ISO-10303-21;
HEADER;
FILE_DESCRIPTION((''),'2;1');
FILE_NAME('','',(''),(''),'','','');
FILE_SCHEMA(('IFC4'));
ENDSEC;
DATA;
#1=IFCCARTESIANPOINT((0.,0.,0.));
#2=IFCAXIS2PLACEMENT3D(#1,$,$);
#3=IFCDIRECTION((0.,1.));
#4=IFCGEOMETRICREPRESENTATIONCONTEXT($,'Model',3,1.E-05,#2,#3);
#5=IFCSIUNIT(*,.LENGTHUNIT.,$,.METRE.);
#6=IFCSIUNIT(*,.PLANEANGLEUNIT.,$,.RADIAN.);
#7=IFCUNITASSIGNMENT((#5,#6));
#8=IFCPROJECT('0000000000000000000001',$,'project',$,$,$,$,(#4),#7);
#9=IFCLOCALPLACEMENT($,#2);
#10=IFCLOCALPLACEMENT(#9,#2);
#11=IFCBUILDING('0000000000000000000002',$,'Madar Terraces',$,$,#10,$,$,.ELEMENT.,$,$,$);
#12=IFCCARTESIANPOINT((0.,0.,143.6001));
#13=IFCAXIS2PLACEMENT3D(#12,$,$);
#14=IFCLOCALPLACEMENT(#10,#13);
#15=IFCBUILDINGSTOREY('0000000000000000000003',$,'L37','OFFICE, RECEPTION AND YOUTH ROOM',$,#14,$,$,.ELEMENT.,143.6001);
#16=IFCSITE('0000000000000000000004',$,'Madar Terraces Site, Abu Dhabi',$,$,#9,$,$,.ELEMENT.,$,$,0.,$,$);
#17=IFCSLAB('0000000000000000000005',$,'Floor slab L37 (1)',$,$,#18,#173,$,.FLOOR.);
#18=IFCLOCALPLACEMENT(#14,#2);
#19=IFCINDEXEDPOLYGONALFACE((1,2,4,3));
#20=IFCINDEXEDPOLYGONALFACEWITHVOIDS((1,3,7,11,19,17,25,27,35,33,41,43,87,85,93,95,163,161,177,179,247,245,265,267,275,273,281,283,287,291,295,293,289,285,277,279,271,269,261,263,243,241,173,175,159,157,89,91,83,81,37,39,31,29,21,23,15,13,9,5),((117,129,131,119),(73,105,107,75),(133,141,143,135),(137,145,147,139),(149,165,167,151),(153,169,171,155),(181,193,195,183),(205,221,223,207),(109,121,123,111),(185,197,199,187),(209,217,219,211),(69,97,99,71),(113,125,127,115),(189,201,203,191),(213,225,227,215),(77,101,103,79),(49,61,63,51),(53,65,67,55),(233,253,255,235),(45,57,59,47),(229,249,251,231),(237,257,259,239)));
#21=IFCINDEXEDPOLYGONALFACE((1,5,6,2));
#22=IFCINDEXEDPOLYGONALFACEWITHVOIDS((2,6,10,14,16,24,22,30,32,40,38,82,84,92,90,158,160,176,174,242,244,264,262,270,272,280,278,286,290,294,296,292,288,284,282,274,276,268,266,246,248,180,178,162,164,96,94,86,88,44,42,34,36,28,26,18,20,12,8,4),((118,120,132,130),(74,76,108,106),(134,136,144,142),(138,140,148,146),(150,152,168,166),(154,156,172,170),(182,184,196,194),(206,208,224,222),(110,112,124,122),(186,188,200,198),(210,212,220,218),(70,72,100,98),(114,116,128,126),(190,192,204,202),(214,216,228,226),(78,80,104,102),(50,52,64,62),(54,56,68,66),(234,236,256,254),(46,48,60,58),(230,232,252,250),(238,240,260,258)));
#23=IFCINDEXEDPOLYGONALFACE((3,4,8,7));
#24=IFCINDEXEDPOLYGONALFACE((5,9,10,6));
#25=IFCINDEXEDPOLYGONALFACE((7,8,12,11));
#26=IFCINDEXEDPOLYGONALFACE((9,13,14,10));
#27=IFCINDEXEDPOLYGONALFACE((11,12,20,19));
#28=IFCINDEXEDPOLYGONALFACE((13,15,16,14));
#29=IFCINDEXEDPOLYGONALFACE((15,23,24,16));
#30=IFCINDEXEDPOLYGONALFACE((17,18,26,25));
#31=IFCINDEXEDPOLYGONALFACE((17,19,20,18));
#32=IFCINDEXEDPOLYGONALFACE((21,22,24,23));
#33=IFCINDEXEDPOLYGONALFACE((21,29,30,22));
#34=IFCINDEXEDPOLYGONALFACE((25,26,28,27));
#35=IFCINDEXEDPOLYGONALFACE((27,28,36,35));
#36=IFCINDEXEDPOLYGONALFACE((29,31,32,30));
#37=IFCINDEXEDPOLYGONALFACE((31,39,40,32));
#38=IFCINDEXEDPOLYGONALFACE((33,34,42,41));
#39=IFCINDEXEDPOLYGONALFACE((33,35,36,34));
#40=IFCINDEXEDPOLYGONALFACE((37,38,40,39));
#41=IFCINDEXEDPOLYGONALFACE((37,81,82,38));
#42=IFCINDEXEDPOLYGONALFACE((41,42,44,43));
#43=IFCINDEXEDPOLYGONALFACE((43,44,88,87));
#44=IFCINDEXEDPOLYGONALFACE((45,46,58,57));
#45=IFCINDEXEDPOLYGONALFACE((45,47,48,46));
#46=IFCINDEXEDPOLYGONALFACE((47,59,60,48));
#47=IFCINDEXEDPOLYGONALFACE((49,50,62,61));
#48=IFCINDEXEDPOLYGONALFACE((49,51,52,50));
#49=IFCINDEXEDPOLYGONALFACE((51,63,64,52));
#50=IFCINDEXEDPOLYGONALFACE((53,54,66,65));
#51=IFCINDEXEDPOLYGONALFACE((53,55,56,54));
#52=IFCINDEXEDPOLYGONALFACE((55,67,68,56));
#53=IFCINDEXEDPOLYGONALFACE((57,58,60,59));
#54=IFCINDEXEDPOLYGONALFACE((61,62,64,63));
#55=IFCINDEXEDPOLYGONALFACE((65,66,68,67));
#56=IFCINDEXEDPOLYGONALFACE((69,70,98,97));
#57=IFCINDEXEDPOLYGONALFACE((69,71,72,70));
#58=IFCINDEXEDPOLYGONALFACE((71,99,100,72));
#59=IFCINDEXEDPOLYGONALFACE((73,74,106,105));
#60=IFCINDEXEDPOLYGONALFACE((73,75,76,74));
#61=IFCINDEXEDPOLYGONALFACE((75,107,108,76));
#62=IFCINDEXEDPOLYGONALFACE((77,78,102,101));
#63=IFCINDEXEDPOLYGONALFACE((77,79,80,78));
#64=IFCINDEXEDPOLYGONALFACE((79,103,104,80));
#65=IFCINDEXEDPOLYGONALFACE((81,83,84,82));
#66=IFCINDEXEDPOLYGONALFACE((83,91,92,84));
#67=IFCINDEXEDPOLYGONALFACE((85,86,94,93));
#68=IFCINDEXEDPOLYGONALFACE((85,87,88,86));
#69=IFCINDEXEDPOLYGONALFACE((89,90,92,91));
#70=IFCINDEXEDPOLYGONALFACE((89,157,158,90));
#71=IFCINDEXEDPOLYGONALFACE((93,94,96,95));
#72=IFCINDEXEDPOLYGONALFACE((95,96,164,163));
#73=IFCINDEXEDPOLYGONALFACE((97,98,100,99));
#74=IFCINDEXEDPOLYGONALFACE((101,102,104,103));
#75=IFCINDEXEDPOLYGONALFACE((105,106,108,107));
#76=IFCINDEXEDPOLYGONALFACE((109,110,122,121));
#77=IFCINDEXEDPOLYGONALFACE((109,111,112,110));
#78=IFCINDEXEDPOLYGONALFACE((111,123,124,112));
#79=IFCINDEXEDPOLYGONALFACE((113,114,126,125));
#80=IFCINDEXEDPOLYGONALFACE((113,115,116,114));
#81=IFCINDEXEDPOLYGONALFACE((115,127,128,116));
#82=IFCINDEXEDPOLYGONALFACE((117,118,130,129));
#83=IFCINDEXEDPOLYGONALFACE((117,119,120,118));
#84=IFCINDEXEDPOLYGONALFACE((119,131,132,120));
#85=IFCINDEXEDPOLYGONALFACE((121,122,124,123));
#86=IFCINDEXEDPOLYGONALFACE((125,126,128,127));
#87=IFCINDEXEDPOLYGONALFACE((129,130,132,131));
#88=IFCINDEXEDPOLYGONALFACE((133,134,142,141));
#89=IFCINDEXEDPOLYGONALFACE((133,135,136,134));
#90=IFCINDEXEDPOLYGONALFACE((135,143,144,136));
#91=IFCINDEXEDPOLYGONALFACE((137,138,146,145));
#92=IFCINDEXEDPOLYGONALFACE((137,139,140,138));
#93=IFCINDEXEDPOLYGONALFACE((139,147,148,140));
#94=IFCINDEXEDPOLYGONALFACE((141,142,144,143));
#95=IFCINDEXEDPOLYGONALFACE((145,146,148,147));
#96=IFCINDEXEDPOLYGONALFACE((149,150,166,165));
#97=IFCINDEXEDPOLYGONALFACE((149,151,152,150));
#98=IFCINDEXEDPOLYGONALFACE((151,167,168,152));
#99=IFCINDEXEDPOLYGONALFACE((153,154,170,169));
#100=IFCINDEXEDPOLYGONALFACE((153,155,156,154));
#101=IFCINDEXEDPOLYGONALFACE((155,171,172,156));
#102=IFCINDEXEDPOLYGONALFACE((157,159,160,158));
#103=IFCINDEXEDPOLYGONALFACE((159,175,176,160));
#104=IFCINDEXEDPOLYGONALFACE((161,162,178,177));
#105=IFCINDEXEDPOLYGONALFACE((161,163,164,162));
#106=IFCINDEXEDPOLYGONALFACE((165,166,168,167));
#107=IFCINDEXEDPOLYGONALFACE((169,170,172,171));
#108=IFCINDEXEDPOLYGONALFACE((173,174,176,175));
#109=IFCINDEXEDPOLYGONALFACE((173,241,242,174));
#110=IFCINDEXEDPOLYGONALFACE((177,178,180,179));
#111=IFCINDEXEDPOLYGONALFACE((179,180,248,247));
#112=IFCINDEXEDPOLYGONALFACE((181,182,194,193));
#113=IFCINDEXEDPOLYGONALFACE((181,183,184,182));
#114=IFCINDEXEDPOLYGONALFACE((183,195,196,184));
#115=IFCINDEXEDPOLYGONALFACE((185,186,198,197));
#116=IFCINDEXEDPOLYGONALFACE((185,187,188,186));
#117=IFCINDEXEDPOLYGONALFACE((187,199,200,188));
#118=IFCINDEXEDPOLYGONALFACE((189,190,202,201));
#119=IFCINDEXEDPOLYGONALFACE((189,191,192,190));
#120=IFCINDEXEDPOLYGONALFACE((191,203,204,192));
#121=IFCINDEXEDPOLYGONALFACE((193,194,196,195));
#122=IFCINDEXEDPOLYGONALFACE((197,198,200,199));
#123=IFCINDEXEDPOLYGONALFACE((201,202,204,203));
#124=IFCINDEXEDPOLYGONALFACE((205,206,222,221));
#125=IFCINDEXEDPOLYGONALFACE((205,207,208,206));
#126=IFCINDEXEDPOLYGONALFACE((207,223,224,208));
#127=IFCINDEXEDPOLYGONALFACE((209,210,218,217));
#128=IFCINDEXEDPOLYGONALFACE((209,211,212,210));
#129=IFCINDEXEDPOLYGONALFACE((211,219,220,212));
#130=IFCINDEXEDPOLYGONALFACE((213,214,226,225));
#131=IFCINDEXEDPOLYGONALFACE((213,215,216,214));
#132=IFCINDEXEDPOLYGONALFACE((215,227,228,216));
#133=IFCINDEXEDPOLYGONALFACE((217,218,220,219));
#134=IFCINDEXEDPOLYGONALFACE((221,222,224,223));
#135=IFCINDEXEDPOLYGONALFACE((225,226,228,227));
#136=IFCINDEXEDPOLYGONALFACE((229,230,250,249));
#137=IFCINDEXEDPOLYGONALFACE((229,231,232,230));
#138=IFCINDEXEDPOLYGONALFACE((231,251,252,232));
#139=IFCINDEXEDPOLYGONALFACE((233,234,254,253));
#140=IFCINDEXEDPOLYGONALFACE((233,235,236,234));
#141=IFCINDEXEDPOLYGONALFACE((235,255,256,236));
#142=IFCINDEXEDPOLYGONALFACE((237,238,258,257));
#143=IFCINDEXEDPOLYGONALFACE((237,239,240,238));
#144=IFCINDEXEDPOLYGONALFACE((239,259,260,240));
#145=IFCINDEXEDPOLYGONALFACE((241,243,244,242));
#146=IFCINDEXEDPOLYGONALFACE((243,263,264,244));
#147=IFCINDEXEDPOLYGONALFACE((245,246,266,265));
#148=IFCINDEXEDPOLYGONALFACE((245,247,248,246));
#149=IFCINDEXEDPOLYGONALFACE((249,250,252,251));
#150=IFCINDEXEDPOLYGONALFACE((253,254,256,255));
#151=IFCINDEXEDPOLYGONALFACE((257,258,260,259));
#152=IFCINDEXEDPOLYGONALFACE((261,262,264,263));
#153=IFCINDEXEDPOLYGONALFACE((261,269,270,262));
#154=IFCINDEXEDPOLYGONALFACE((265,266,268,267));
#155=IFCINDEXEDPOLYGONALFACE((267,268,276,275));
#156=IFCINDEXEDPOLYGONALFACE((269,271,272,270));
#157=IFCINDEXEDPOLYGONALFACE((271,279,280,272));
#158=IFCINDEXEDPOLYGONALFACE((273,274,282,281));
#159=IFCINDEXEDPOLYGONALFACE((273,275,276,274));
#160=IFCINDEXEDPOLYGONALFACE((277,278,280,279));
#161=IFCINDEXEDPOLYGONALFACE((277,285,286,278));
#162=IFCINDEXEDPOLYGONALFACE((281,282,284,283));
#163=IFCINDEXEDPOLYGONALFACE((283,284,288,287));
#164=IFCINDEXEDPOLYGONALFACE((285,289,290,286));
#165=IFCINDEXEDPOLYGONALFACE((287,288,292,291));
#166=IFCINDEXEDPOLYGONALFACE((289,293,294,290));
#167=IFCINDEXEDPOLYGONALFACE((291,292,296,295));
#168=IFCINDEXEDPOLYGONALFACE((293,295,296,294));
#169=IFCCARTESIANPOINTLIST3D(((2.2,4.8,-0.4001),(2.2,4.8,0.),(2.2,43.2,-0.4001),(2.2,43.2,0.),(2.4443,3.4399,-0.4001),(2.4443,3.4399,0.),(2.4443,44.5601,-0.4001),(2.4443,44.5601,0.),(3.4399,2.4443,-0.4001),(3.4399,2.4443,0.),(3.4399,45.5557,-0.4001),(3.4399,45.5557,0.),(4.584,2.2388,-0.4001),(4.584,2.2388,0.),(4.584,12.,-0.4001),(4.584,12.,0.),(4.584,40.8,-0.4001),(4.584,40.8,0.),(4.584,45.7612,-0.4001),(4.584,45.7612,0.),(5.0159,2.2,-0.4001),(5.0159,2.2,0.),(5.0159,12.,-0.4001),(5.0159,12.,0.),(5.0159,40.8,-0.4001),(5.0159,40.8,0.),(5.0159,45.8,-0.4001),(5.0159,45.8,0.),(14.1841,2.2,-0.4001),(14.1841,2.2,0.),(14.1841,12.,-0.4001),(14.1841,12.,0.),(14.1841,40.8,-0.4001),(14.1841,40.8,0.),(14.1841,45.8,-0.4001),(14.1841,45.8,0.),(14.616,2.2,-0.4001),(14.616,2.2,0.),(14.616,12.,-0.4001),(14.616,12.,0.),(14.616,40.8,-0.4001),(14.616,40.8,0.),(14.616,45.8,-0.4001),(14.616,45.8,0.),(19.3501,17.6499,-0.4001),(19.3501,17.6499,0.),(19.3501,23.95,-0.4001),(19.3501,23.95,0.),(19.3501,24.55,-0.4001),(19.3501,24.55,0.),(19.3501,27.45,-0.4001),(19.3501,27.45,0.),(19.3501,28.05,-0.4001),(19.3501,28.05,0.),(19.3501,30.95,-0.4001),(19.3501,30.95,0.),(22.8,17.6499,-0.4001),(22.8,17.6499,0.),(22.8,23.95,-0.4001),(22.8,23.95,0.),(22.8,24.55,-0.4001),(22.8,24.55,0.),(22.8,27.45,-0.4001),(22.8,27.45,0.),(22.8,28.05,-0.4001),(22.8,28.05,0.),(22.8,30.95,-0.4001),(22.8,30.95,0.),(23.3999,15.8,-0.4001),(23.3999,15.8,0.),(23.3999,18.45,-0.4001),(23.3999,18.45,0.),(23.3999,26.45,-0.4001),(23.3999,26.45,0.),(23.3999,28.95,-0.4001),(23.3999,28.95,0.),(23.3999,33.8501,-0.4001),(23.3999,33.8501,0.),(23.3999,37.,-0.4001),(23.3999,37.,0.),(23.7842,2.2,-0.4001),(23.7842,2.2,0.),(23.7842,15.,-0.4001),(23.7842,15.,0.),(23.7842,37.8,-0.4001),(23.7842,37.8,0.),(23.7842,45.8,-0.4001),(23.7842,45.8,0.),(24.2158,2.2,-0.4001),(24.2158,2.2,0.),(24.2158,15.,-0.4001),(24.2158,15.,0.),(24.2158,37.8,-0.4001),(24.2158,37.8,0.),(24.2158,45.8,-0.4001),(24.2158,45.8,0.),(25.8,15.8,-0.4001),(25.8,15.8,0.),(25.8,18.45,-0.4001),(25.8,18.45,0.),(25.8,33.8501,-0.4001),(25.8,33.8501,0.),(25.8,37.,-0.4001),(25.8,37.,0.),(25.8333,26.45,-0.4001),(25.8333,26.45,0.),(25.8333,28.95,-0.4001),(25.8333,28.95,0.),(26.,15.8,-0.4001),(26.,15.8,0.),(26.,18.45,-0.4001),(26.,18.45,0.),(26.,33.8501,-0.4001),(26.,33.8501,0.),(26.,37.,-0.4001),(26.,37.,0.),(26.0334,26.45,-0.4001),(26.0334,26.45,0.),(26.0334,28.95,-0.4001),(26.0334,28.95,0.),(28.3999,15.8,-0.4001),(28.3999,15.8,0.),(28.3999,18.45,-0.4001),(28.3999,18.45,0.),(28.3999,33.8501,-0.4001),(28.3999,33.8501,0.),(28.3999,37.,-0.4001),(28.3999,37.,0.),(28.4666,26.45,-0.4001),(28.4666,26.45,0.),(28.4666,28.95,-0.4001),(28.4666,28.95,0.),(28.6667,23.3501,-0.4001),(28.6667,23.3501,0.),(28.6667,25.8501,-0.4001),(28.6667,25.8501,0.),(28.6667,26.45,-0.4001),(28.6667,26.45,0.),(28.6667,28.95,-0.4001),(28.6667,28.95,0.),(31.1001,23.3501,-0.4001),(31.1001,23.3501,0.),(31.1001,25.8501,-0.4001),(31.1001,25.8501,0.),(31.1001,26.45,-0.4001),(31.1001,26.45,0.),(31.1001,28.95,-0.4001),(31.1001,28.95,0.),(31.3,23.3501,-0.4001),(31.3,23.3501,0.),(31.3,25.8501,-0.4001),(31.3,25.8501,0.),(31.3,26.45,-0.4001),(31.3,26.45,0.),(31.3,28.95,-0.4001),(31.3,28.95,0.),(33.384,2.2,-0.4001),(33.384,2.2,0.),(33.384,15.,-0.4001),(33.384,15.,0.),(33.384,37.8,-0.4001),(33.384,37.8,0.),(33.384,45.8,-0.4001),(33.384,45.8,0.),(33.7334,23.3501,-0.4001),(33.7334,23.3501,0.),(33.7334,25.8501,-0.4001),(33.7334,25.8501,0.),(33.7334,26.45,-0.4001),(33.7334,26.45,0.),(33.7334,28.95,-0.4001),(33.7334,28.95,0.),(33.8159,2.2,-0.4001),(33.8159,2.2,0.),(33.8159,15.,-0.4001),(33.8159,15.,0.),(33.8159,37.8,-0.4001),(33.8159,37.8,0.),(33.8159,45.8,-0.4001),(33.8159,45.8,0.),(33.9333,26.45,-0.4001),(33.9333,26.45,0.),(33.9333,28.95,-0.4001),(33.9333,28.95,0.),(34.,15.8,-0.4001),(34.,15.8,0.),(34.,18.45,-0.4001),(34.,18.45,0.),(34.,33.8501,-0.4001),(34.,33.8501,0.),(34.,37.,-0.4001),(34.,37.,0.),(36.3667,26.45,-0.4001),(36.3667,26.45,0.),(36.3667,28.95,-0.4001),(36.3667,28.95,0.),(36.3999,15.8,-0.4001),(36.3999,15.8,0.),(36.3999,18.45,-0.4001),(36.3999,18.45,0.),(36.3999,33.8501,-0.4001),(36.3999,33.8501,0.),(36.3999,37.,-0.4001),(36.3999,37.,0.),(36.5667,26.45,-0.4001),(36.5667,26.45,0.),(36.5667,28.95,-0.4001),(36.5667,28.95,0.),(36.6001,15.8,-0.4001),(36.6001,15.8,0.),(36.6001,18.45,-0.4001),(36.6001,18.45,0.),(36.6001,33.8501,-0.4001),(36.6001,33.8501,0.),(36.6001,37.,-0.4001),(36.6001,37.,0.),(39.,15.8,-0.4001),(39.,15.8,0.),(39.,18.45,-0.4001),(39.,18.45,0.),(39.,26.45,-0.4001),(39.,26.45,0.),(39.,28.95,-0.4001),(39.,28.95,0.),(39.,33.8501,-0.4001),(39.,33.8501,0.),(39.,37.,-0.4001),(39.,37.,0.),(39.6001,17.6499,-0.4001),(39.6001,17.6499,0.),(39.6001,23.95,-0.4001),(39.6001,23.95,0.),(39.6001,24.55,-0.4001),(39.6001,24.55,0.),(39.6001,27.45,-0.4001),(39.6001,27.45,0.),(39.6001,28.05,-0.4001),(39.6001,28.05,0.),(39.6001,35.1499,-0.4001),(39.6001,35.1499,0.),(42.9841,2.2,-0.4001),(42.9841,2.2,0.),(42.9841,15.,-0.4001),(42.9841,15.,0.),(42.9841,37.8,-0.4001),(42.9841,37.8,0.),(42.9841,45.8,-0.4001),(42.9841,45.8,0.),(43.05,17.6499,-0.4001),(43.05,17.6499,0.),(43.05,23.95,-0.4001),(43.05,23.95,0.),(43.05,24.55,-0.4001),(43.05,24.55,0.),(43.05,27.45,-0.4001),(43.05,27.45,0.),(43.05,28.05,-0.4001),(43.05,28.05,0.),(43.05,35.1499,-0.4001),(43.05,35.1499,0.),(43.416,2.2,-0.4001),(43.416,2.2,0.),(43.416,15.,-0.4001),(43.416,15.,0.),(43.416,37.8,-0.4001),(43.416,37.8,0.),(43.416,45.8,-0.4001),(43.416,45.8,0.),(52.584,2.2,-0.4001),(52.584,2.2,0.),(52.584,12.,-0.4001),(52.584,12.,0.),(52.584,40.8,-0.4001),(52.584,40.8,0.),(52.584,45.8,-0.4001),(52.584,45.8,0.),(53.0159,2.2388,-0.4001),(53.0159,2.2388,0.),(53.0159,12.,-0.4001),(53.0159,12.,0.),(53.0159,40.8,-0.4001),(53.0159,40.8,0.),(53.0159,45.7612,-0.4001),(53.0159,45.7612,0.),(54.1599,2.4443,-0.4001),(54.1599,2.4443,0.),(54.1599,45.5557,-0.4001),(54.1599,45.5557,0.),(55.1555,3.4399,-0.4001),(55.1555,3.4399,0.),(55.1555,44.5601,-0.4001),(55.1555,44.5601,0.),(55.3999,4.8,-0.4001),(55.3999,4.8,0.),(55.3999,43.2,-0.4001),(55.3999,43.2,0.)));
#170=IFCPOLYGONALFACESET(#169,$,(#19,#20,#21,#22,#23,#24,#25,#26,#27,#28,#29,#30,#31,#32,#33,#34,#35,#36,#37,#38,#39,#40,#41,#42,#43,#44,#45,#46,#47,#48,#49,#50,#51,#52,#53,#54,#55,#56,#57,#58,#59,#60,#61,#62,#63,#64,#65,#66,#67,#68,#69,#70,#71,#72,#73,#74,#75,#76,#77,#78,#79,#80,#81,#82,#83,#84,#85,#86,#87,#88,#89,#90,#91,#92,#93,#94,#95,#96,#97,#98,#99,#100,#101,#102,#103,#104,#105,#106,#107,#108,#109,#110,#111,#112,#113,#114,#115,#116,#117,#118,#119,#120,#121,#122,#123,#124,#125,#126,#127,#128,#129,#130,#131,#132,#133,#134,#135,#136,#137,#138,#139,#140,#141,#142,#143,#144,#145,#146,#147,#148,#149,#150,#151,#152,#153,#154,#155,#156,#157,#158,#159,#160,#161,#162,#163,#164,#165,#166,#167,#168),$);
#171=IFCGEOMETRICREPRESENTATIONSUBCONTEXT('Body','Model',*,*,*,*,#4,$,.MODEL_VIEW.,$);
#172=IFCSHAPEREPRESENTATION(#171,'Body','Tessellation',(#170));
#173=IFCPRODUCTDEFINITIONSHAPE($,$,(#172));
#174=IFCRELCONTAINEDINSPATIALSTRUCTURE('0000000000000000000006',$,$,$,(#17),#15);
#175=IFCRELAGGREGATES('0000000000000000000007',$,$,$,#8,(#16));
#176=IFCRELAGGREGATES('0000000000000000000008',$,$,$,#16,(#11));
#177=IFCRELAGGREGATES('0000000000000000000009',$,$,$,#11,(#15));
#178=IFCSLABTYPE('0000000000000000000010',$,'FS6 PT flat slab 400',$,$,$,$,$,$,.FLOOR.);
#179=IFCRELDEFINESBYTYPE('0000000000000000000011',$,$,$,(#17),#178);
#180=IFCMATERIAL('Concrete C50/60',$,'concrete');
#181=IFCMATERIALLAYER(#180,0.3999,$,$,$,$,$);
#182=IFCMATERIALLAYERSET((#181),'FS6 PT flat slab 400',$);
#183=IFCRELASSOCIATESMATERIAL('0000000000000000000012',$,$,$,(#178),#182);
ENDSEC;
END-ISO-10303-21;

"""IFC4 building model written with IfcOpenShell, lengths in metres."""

from ifc_helpers import new_model, si_unit, direction, frame, origin, place, context, subcontext, project, spatial, polyline, outline, extrude, material, layer, layer_set, type_object, element, save


model = new_model("IFC4")

# Units and contexts
model_context = context("Model", 3, precision=1e-05, world=origin(), true_north=direction((0.0, 1.0)))
body_context = subcontext(model_context, "Body", "Model", "MODEL_VIEW")
ifc_project = project(units=[si_unit("LENGTHUNIT", "METRE"), si_unit("PLANEANGLEUNIT", "RADIAN")], contexts=[model_context])

# Site, building, storey
site_placement = place(None, origin())
site = spatial("IfcSite", under=ifc_project, at=site_placement, Name="Madar Terraces Site, Abu Dhabi", CompositionType="ELEMENT", RefElevation=0.0)
building_placement = place(site_placement, origin())
building = spatial("IfcBuilding", under=site, at=building_placement, Name="Madar Terraces", CompositionType="ELEMENT")
storey_placement = place(building_placement, frame((0.0, 0.0, 143.6001)))
storey = spatial("IfcBuildingStorey", under=building, at=storey_placement, Name="L37", Description="OFFICE, RECEPTION AND YOUTH ROOM", CompositionType="ELEMENT", Elevation=143.6001)

# Slab
ifc_material_1 = material(Name="Concrete C50/60", Category="concrete")
ifc_layer_1 = layer(ifc_material_1, 0.3999)
ifc_layer_set_1 = layer_set([ifc_layer_1], Name="FS6 PT flat slab 400")
slab_type_1 = type_object("IfcSlabType", Name="FS6 PT flat slab 400", PredefinedType="FLOOR", material=ifc_layer_set_1)
slab_1_placement = place(storey_placement, frame((0.0, 0.0, -0.4001)))
element("IfcSlab", 1, at=slab_1_placement, inside=storey, type_object=slab_type_1, Name="Floor slab L37 (1)", PredefinedType="FLOOR", context=body_context, shape_type="SweptSolid", body=[
    extrude(outline(polyline([(43.416, 15.0), (43.416, 2.2), (52.584, 2.2), (52.584, 12.0), (53.0159, 12.0), (53.0159, 2.2388), (54.1599, 2.4443), (55.1555, 3.4399), (55.3999, 4.8), (55.3999, 43.2), (55.1555, 44.5601), (54.1599, 45.5557), (53.0159, 45.7612), (53.0159, 40.8), (52.584, 40.8), (52.584, 45.8), (43.416, 45.8), (43.416, 37.8), (42.9841, 37.8), (42.9841, 45.8), (33.8159, 45.8), (33.8159, 37.8), (33.384, 37.8), (33.384, 45.8), (24.2158, 45.8), (24.2158, 37.8), (23.7842, 37.8), (23.7842, 45.8), (14.616, 45.8), (14.616, 40.8), (14.1841, 40.8), (14.1841, 45.8), (5.0159, 45.8), (5.0159, 40.8), (4.584, 40.8), (4.584, 45.7612), (3.4399, 45.5557), (2.4443, 44.5601), (2.2, 43.2), (2.2, 4.8), (2.4443, 3.4399), (3.4399, 2.4443), (4.584, 2.2388), (4.584, 12.0), (5.0159, 12.0), (5.0159, 2.2), (14.1841, 2.2), (14.1841, 12.0), (14.616, 12.0), (14.616, 2.2), (23.7842, 2.2), (23.7842, 15.0), (24.2158, 15.0), (24.2158, 2.2), (33.384, 2.2), (33.384, 15.0), (33.8159, 15.0), (33.8159, 2.2), (42.9841, 2.2), (42.9841, 15.0), (43.416, 15.0)]), holes=[polyline([(25.8, 15.8), (23.3999, 15.8), (23.3999, 18.45), (25.8, 18.45), (25.8, 15.8)]), polyline([(28.3999, 15.8), (26.0, 15.8), (26.0, 18.45), (28.3999, 18.45), (28.3999, 15.8)]), polyline([(22.8, 17.6499), (19.3501, 17.6499), (19.3501, 23.95), (22.8, 23.95), (22.8, 17.6499)]), polyline([(28.6667, 23.3501), (28.6667, 25.8501), (31.1001, 25.8501), (31.1001, 23.3501), (28.6667, 23.3501)]), polyline([(19.3501, 24.55), (19.3501, 27.45), (22.8, 27.45), (22.8, 24.55), (19.3501, 24.55)]), polyline([(25.8333, 26.45), (23.3999, 26.45), (23.3999, 28.95), (25.8333, 28.95), (25.8333, 26.45)]), polyline([(26.0334, 26.45), (26.0334, 28.95), (28.4666, 28.95), (28.4666, 26.45), (26.0334, 26.45)]), polyline([(28.6667, 26.45), (28.6667, 28.95), (31.1001, 28.95), (31.1001, 26.45), (28.6667, 26.45)]), polyline([(22.8, 28.05), (19.3501, 28.05), (19.3501, 30.95), (22.8, 30.95), (22.8, 28.05)]), polyline([(23.3999, 33.8501), (23.3999, 37.0), (25.8, 37.0), (25.8, 33.8501), (23.3999, 33.8501)]), polyline([(26.0, 33.8501), (26.0, 37.0), (28.3999, 37.0), (28.3999, 33.8501), (26.0, 33.8501)]), polyline([(36.3999, 15.8), (34.0, 15.8), (34.0, 18.45), (36.3999, 18.45), (36.3999, 15.8)]), polyline([(39.0, 15.8), (36.6001, 15.8), (36.6001, 18.45), (39.0, 18.45), (39.0, 15.8)]), polyline([(43.05, 17.6499), (39.6001, 17.6499), (39.6001, 23.95), (43.05, 23.95), (43.05, 17.6499)]), polyline([(31.3, 23.3501), (31.3, 25.8501), (33.7334, 25.8501), (33.7334, 23.3501), (31.3, 23.3501)]), polyline([(39.6001, 24.55), (39.6001, 27.45), (43.05, 27.45), (43.05, 24.55), (39.6001, 24.55)]), polyline([(33.7334, 26.45), (31.3, 26.45), (31.3, 28.95), (33.7334, 28.95), (33.7334, 26.45)]), polyline([(33.9333, 26.45), (33.9333, 28.95), (36.3667, 28.95), (36.3667, 26.45), (33.9333, 26.45)]), polyline([(36.5667, 26.45), (36.5667, 28.95), (39.0, 28.95), (39.0, 26.45), (36.5667, 26.45)]), polyline([(43.05, 28.05), (39.6001, 28.05), (39.6001, 35.1499), (43.05, 35.1499), (43.05, 28.05)]), polyline([(34.0, 33.8501), (34.0, 37.0), (36.3999, 37.0), (36.3999, 33.8501), (34.0, 33.8501)]), polyline([(36.6001, 33.8501), (36.6001, 37.0), (39.0, 37.0), (39.0, 33.8501), (36.6001, 33.8501)])]), origin(), (0.0, 0.0, 1.0), 0.4001),
])

save(model, "model.ifc")
